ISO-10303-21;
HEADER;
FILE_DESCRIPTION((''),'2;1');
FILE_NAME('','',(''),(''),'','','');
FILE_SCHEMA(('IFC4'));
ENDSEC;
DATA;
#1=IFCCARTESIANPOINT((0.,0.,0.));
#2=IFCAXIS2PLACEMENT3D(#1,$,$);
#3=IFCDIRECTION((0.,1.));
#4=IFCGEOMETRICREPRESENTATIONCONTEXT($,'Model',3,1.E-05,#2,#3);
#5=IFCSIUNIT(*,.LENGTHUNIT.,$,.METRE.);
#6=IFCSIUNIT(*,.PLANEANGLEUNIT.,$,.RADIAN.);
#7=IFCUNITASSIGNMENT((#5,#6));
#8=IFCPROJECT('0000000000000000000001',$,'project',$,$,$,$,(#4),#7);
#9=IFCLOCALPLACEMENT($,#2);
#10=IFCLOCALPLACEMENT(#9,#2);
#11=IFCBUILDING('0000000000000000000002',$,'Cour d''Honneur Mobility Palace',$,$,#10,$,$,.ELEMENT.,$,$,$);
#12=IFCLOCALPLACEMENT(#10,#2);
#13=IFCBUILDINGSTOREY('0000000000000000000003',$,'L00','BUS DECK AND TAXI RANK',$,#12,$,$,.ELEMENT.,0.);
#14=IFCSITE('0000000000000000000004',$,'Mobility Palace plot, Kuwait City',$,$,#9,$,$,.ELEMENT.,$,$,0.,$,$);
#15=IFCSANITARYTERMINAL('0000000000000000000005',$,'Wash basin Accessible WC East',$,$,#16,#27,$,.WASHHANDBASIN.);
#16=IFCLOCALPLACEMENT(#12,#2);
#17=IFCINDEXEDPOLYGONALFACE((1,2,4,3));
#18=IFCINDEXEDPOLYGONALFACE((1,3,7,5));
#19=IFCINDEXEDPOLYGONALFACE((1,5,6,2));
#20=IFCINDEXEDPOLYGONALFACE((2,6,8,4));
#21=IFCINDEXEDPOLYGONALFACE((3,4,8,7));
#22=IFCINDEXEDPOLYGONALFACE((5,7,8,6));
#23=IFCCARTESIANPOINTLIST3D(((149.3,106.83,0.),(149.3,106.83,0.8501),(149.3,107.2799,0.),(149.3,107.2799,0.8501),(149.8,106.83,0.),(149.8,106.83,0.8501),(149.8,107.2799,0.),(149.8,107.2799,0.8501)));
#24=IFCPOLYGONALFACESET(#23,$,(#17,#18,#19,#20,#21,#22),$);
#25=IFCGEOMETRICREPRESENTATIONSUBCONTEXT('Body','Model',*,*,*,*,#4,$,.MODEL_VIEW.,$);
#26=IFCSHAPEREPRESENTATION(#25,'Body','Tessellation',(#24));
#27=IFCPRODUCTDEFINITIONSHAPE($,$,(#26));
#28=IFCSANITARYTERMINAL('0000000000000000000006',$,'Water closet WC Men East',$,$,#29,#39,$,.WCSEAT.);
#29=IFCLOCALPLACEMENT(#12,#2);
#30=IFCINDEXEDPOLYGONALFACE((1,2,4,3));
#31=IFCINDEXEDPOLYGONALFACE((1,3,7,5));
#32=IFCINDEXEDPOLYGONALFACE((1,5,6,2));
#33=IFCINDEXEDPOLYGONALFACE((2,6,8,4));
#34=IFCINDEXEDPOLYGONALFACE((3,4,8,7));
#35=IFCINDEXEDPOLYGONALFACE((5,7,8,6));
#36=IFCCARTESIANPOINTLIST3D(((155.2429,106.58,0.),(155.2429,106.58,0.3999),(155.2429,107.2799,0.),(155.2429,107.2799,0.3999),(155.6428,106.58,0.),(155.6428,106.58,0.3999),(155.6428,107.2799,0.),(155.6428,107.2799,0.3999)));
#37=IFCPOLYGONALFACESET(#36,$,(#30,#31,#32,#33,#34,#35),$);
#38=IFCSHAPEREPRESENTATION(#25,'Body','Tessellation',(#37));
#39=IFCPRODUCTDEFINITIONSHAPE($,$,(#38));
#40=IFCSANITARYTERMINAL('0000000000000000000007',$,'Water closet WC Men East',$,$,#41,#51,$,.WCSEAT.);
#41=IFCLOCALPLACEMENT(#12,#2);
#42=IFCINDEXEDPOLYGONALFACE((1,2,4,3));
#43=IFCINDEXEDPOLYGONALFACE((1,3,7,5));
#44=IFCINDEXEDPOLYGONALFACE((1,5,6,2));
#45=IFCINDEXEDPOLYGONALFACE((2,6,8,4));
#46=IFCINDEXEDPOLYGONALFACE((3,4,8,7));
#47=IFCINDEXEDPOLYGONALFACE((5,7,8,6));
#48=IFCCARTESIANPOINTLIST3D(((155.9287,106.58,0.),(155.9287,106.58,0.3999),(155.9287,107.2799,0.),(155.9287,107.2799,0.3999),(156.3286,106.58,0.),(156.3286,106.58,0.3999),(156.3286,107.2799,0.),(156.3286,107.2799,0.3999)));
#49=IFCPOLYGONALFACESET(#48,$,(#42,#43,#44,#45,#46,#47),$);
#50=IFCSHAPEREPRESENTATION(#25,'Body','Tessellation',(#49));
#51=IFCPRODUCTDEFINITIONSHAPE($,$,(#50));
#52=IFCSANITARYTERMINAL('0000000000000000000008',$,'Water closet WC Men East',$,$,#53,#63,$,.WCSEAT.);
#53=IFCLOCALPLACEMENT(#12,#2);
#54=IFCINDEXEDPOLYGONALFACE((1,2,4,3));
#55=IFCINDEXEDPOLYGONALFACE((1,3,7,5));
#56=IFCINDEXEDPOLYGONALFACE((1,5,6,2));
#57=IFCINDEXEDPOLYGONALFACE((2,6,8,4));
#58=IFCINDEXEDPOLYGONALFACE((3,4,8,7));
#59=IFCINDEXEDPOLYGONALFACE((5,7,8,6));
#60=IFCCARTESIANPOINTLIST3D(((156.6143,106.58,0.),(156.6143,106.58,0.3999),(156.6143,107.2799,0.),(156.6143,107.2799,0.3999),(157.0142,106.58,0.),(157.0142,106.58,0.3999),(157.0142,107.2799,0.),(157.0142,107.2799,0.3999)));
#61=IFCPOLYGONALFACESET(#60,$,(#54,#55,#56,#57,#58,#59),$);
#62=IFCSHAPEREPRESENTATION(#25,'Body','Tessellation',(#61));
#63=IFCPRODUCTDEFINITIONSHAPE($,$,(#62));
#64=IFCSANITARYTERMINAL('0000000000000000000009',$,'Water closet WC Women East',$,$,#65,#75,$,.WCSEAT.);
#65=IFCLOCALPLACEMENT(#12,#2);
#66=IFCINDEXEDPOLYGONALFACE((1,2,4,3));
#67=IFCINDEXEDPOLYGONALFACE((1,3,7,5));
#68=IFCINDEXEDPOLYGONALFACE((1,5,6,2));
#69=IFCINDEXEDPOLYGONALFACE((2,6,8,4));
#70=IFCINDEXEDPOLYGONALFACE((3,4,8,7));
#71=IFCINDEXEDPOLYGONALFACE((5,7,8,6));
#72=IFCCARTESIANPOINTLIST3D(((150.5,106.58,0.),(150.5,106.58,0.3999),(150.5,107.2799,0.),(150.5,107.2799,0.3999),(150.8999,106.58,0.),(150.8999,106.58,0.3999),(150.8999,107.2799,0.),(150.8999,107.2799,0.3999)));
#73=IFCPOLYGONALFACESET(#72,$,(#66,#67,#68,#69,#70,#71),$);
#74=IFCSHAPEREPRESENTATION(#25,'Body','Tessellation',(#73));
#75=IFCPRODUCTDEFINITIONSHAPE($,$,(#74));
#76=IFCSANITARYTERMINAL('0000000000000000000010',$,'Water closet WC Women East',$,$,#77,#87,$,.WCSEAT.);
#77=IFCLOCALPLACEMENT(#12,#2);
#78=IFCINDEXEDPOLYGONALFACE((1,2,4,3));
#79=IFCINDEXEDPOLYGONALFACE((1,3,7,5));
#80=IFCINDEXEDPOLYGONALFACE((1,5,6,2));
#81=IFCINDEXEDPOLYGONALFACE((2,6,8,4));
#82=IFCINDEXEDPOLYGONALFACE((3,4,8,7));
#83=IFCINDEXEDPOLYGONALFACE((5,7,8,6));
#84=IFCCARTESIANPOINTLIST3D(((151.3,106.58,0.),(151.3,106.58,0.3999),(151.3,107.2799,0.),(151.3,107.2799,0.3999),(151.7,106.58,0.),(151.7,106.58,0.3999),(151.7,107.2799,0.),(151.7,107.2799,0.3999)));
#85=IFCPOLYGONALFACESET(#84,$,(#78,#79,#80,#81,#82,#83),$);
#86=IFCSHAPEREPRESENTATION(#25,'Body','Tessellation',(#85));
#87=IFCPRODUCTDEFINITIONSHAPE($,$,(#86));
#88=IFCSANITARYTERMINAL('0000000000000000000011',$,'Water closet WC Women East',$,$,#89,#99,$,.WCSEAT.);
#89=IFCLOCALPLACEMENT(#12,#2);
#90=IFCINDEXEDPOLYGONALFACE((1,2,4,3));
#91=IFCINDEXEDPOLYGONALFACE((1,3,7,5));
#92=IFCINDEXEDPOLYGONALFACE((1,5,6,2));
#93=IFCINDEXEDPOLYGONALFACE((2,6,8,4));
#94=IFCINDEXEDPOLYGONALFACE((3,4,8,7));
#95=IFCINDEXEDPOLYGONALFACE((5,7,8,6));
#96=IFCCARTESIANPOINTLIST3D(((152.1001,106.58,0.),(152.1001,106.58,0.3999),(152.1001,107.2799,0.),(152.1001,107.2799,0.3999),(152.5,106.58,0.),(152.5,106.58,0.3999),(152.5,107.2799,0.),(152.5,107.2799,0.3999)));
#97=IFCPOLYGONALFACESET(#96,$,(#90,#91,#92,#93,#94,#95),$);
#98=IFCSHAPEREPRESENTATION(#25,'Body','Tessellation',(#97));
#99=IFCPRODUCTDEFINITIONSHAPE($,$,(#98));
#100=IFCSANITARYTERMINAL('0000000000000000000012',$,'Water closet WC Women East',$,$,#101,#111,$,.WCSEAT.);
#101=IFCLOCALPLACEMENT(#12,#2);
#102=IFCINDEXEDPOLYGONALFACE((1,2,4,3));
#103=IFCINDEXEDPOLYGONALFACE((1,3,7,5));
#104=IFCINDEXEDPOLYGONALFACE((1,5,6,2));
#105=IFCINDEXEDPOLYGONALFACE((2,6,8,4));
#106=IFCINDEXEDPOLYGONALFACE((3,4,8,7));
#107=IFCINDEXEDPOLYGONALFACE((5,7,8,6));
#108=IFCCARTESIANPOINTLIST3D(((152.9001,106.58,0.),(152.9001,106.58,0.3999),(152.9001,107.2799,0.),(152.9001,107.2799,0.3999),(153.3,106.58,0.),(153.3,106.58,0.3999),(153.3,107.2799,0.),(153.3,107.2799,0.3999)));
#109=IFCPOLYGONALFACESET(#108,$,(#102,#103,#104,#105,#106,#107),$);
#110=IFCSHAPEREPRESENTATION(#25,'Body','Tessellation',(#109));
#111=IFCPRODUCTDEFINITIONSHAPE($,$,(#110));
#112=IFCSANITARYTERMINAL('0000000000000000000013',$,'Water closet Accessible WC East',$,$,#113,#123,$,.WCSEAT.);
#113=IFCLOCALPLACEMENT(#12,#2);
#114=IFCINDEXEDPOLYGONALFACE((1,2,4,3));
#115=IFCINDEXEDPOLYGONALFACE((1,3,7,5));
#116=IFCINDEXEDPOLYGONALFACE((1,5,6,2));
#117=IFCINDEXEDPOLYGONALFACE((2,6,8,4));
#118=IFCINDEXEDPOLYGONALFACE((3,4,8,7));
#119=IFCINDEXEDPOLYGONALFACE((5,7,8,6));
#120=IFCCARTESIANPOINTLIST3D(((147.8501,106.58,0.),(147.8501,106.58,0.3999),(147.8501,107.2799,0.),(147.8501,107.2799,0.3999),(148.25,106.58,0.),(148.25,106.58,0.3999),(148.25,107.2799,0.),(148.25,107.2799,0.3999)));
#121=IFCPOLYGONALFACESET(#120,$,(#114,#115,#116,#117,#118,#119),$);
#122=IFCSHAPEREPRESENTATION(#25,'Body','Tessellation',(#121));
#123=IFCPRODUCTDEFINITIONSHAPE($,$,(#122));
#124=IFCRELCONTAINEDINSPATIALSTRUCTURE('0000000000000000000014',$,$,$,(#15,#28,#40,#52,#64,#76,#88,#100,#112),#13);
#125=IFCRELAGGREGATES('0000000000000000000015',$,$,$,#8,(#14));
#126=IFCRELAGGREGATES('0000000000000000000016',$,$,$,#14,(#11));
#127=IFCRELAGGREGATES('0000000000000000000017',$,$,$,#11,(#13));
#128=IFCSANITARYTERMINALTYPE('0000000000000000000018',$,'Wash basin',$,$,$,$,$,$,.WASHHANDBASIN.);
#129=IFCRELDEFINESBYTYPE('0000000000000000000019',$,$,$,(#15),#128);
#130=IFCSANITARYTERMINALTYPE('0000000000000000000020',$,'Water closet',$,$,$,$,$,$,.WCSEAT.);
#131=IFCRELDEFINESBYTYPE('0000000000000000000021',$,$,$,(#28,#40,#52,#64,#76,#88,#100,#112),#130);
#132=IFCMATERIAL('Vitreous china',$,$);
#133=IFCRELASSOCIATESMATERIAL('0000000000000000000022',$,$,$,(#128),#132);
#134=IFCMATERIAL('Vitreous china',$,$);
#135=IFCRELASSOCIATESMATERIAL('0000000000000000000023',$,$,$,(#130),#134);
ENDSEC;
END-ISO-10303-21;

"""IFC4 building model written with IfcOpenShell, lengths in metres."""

from ifc_helpers import new_model, si_unit, direction, frame, origin, origin_2d, place, context, subcontext, project, spatial, rectangle, extrude, material, type_object, element, save


model = new_model("IFC4")

# Units and contexts
model_context = context("Model", 3, precision=1e-05, world=origin(), true_north=direction((0.0, 1.0)))
body_context = subcontext(model_context, "Body", "Model", "MODEL_VIEW")
ifc_project = project(units=[si_unit("LENGTHUNIT", "METRE"), si_unit("PLANEANGLEUNIT", "RADIAN")], contexts=[model_context])

# Site, building, storey
site_placement = place(None, origin())
site = spatial("IfcSite", under=ifc_project, at=site_placement, Name="Mobility Palace plot, Kuwait City", CompositionType="ELEMENT", RefElevation=0.0)
building_placement = place(site_placement, origin())
building = spatial("IfcBuilding", under=site, at=building_placement, Name="Cour d'Honneur Mobility Palace", CompositionType="ELEMENT")
storey_placement = place(building_placement, origin())
storey = spatial("IfcBuildingStorey", under=building, at=storey_placement, Name="L00", Description="BUS DECK AND TAXI RANK", CompositionType="ELEMENT", Elevation=0.0)

# Sanitary terminals
ifc_material_1 = material(Name="Vitreous china")
sanitary_terminal_type_1 = type_object("IfcSanitaryTerminalType", Name="Wash basin", PredefinedType="WASHHANDBASIN", material=ifc_material_1)
for number, where, z_axis, x_axis, name in (
    (1, (149.55, 107.0549, 0.0), (0.0, 0.0, 1.0), (1.0, 0.0, 0.0), "Wash basin Accessible WC East"),
):
    element("IfcSanitaryTerminal", number, at=place(storey_placement, frame(where, z_axis=z_axis, x_axis=x_axis)), inside=storey, type_object=sanitary_terminal_type_1, Name=name, PredefinedType="WASHHANDBASIN", context=body_context, shape_type="SweptSolid", body=[
        extrude(rectangle(XDim=0.5, YDim=0.45, at=origin_2d()), origin(), (0.0, 0.0, 1.0), 0.8501),
    ])
ifc_material_2 = material(Name="Vitreous china")
sanitary_terminal_type_2 = type_object("IfcSanitaryTerminalType", Name="Water closet", PredefinedType="WCSEAT", material=ifc_material_2)
for number, where, z_axis, x_axis, name in (
    (2, (155.4429, 106.9299, 0.0), (0.0, 0.0, 1.0), (1.0, 0.0, 0.0), "Water closet WC Men East"),
    (3, (156.1287, 106.9299, 0.0), (0.0, 0.0, 1.0), (1.0, 0.0, 0.0), "Water closet WC Men East"),
    (4, (156.8142, 106.9299, 0.0), (0.0, 0.0, 1.0), (1.0, 0.0, 0.0), "Water closet WC Men East"),
    (5, (150.7, 106.9299, 0.0), (0.0, 0.0, 1.0), (1.0, 0.0, 0.0), "Water closet WC Women East"),
    (6, (151.5, 106.9299, 0.0), (0.0, 0.0, 1.0), (1.0, 0.0, 0.0), "Water closet WC Women East"),
    (7, (152.3, 106.9299, 0.0), (0.0, 0.0, 1.0), (1.0, 0.0, 0.0), "Water closet WC Women East"),
    (8, (153.1001, 106.9299, 0.0), (0.0, 0.0, 1.0), (1.0, 0.0, 0.0), "Water closet WC Women East"),
    (9, (148.05, 106.9299, 0.0), (0.0, 0.0, 1.0), (1.0, 0.0, 0.0), "Water closet Accessible WC East"),
):
    element("IfcSanitaryTerminal", number, at=place(storey_placement, frame(where, z_axis=z_axis, x_axis=x_axis)), inside=storey, type_object=sanitary_terminal_type_2, Name=name, PredefinedType="WCSEAT", context=body_context, shape_type="SweptSolid", body=[
        extrude(rectangle(XDim=0.3999, YDim=0.7, at=origin_2d()), origin(), (0.0, 0.0, 1.0), 0.3999),
    ])

save(model, "model.ifc")
